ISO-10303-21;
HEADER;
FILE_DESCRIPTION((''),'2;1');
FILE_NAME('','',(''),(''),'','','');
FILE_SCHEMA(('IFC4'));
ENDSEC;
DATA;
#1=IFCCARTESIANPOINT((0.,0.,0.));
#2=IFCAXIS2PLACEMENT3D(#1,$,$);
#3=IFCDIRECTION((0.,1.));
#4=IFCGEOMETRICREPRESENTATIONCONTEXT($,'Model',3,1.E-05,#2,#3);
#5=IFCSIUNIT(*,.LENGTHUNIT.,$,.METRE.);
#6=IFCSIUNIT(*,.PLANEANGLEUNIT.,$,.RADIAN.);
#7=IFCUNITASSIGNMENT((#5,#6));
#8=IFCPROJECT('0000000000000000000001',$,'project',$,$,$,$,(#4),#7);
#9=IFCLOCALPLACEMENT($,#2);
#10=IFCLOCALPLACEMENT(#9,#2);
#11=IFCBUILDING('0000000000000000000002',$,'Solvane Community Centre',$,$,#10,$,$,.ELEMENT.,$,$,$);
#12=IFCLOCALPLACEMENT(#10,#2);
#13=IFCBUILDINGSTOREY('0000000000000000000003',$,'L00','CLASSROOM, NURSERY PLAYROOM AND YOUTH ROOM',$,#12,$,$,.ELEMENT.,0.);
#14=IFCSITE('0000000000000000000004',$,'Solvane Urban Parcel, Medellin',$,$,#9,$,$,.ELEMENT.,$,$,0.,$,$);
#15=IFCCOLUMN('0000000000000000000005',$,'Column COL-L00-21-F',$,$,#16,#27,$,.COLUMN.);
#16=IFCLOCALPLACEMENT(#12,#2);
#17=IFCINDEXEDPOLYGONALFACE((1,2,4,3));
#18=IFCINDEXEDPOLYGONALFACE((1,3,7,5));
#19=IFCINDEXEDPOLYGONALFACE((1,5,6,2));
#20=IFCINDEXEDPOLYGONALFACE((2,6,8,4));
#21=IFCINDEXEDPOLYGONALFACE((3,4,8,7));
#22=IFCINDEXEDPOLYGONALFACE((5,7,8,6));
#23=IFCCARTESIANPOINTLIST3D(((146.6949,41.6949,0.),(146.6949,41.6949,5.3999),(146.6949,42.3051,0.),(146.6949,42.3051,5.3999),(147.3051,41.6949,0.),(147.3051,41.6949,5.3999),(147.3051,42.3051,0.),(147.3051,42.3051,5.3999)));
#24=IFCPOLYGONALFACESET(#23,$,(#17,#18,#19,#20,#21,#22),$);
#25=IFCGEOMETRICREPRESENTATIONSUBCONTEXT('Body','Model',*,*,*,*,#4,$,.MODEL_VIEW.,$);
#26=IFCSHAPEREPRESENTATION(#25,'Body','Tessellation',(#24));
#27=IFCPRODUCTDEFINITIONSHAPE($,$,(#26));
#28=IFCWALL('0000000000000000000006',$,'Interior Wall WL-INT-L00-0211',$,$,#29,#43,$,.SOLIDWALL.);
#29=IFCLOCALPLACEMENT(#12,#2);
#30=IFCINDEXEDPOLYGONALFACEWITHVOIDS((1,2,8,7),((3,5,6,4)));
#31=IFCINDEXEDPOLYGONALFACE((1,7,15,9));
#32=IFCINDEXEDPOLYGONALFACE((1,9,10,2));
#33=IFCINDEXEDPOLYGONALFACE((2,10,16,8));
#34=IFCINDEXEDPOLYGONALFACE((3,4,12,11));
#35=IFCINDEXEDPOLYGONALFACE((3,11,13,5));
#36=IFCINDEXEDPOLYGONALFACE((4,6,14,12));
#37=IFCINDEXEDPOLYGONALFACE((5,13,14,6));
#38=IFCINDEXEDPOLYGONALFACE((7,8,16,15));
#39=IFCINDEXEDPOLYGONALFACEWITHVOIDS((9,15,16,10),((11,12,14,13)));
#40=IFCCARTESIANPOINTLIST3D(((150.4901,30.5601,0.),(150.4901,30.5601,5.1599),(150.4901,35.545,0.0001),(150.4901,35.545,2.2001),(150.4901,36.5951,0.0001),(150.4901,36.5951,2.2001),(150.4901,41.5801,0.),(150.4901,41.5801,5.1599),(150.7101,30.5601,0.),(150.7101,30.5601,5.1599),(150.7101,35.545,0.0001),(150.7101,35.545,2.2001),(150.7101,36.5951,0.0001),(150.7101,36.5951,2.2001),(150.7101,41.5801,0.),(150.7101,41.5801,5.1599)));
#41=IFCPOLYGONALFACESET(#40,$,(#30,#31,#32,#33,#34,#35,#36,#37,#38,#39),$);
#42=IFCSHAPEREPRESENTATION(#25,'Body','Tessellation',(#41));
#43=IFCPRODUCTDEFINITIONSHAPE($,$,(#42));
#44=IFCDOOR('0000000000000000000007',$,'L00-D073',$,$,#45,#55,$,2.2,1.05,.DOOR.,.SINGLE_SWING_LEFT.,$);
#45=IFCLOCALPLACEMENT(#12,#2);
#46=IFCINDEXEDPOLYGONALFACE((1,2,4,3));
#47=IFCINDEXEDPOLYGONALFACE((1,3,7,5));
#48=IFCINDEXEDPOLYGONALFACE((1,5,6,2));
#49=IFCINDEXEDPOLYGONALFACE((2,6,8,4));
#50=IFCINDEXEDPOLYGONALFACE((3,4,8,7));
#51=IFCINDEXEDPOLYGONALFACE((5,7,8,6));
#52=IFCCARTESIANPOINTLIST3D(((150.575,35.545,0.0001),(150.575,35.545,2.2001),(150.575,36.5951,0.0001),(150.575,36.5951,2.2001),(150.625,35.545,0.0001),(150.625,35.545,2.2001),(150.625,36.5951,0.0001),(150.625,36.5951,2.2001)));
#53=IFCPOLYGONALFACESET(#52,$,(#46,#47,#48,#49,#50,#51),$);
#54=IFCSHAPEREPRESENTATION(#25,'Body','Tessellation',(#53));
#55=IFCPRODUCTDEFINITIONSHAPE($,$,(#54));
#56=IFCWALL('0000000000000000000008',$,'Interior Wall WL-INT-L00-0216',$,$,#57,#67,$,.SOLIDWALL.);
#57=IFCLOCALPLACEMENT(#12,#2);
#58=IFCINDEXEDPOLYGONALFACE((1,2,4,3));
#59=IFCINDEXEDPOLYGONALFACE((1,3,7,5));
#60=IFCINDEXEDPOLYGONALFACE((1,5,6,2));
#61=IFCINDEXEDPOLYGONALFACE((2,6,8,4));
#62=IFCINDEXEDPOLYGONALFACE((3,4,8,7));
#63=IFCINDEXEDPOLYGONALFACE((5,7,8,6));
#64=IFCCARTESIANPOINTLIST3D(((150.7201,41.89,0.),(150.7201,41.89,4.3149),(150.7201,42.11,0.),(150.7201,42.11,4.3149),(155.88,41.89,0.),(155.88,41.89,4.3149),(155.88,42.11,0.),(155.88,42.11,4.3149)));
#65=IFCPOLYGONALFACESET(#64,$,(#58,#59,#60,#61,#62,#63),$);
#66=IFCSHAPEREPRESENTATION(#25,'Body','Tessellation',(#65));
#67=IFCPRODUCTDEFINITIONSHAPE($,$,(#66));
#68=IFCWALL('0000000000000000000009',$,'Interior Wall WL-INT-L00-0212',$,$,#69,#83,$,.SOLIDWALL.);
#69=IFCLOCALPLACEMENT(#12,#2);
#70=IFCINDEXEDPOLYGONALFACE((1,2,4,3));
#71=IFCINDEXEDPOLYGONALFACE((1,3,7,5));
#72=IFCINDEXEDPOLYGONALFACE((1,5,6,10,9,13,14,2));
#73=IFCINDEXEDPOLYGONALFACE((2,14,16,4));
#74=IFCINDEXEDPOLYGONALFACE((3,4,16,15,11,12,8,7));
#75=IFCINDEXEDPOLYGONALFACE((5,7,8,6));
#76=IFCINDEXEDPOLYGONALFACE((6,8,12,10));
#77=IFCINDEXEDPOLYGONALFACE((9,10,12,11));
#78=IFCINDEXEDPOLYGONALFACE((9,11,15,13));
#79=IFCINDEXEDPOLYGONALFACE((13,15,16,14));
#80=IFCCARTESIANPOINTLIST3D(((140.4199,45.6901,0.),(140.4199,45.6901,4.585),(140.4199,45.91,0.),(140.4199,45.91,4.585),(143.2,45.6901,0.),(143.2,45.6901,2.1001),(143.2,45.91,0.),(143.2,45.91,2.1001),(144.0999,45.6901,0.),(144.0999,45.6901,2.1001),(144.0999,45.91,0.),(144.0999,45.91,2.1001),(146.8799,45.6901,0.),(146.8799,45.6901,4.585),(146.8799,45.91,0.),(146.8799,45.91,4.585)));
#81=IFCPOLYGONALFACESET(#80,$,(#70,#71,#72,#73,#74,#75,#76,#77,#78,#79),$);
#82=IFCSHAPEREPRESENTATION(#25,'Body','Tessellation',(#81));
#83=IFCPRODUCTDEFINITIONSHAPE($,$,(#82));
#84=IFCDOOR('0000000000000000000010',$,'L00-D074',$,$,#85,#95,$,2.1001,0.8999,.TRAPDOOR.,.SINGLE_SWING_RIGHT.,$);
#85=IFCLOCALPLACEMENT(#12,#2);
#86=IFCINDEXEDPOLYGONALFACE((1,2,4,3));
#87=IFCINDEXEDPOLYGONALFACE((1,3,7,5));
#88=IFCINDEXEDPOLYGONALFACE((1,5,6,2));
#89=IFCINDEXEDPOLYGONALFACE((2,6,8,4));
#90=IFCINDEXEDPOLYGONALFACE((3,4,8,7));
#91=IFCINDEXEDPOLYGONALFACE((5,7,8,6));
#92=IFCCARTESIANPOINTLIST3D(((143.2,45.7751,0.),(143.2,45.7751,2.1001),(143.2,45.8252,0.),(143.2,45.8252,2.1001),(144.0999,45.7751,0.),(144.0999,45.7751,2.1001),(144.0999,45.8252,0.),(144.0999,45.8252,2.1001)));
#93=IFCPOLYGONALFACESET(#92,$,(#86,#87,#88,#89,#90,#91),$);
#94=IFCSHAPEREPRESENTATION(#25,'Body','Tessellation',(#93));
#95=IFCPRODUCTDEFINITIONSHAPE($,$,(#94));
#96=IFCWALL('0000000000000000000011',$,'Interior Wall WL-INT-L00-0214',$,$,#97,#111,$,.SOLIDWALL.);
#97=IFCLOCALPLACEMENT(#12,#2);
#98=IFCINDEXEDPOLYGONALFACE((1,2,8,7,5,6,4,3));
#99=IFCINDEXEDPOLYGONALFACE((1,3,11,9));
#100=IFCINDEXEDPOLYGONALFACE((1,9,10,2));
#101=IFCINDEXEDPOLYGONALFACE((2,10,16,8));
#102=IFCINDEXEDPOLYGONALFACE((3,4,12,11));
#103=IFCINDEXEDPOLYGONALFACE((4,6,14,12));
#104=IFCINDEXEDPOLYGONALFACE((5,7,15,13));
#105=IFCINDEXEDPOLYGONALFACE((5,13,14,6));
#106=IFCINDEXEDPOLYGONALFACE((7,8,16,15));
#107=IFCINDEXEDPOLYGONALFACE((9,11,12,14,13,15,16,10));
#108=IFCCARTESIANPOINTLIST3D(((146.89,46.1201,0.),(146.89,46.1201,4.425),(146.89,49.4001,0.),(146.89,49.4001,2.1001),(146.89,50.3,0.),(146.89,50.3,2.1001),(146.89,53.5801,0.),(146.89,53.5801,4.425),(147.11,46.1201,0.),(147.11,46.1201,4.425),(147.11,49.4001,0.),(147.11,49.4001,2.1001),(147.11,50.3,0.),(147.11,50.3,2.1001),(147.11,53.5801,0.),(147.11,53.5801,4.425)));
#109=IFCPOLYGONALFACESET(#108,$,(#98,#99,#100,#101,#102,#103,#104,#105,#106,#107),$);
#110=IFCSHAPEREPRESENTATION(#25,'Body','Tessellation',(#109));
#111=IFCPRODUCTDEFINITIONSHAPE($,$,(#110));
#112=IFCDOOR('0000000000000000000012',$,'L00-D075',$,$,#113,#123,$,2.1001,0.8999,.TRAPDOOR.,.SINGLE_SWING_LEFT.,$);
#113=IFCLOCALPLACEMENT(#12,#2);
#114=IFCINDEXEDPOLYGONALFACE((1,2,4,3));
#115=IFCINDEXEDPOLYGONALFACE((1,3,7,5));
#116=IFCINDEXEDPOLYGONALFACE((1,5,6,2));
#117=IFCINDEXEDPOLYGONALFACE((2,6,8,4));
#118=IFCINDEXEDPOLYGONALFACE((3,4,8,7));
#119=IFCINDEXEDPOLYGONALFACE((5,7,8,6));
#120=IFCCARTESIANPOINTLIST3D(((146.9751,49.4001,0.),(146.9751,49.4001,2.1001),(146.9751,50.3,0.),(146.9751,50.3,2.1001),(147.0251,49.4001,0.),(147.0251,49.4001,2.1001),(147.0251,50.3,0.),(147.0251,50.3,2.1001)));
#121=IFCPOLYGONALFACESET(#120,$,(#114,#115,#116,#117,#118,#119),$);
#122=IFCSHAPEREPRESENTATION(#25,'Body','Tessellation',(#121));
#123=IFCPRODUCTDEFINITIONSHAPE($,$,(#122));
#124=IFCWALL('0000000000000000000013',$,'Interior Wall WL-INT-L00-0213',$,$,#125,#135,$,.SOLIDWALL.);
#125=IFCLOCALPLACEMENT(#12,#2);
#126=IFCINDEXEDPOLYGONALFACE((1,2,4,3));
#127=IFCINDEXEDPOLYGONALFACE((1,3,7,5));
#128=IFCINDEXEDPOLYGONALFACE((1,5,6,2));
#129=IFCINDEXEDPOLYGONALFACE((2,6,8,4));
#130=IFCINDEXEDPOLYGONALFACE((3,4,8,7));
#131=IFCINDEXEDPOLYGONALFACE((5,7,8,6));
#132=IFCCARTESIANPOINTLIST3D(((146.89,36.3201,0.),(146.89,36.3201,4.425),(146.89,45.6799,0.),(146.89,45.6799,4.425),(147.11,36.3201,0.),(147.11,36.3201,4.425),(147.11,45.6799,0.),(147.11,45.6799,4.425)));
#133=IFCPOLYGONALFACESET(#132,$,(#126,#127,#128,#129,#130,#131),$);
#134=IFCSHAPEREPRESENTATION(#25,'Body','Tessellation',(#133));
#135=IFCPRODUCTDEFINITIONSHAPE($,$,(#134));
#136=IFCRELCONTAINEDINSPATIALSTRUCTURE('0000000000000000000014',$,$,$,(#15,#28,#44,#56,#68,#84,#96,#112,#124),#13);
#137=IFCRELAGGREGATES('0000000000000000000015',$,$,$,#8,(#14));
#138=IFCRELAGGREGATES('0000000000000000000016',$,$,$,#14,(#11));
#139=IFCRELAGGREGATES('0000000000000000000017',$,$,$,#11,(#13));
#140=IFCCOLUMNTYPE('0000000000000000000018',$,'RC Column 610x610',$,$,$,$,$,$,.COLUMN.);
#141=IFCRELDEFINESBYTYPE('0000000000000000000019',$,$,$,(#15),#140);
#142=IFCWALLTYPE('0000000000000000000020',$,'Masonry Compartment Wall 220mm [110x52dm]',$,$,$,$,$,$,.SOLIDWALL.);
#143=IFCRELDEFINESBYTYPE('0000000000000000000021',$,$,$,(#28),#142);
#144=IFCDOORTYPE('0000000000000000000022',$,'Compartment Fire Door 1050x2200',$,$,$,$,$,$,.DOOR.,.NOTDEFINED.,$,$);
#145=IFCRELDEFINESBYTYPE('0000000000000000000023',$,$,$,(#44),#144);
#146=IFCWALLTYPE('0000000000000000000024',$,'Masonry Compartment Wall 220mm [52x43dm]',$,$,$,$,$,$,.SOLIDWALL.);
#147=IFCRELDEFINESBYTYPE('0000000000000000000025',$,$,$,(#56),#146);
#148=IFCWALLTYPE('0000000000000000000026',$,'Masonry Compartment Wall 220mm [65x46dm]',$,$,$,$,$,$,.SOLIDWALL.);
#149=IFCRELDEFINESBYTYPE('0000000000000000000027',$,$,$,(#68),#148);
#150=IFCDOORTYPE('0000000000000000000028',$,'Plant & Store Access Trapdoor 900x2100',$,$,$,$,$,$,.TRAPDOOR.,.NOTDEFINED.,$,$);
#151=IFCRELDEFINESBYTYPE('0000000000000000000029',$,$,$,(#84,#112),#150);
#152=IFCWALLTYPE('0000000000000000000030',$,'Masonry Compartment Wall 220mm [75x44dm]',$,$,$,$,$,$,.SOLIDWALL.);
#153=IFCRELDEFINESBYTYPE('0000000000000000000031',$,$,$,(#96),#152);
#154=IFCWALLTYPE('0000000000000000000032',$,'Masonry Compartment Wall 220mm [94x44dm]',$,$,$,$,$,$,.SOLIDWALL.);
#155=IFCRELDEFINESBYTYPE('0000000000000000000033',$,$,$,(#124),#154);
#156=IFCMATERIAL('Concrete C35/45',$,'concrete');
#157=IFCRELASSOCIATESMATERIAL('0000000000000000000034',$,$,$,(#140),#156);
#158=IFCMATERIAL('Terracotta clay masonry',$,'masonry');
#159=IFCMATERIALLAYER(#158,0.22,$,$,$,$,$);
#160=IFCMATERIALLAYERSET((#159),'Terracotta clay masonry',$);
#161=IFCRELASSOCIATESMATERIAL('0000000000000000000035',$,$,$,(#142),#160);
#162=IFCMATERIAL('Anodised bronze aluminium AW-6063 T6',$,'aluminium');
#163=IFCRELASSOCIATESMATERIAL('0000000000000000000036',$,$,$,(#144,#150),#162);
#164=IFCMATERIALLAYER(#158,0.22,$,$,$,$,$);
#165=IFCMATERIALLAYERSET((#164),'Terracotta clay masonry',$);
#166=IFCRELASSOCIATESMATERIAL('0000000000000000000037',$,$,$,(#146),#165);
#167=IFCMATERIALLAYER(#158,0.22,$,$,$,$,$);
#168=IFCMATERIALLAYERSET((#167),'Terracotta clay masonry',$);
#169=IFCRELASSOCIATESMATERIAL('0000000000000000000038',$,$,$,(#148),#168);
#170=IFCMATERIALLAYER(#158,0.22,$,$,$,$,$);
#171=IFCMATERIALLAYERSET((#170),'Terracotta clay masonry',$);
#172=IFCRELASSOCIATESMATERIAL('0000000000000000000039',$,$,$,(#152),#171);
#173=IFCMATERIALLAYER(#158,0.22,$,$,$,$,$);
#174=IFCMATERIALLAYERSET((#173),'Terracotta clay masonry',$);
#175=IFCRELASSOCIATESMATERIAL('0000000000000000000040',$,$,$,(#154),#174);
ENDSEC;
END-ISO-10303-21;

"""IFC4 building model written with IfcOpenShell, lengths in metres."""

from ifc_helpers import new_model, si_unit, direction, frame, frame_2d, origin, origin_2d, place, context, subcontext, project, spatial, rectangle, extrude, material, layer, layer_set, material_profile, profile_set, type_object, element, fill, save


model = new_model("IFC4")

# Units and contexts
model_context = context("Model", 3, precision=1e-05, world=origin(), true_north=direction((0.0, 1.0)))
body_context = subcontext(model_context, "Body", "Model", "MODEL_VIEW")
ifc_project = project(units=[si_unit("LENGTHUNIT", "METRE"), si_unit("PLANEANGLEUNIT", "RADIAN")], contexts=[model_context])

# Site, building, storey
site_placement = place(None, origin())
site = spatial("IfcSite", under=ifc_project, at=site_placement, Name="Solvane Urban Parcel, Medellin", CompositionType="ELEMENT", RefElevation=0.0)
building_placement = place(site_placement, origin())
building = spatial("IfcBuilding", under=site, at=building_placement, Name="Solvane Community Centre", CompositionType="ELEMENT")
storey_placement = place(building_placement, origin())
storey = spatial("IfcBuildingStorey", under=building, at=storey_placement, Name="L00", Description="CLASSROOM, NURSERY PLAYROOM AND YOUTH ROOM", CompositionType="ELEMENT", Elevation=0.0)

# Column
ifc_material_1 = material(Name="Concrete C35/45", Category="concrete")
ifc_material_profile_1 = material_profile(ifc_material_1, rectangle(XDim=0.6101, YDim=0.6101, at=origin_2d()), Name="RC 610x610")
ifc_profile_set_1 = profile_set([ifc_material_profile_1], Name="Concrete C35/45")
column_type = type_object("IfcColumnType", Name="RC Column 610x610", PredefinedType="COLUMN", material=ifc_profile_set_1)
column_placement = place(storey_placement, frame((147.0, 42.0, 0.0), z_axis=(0.0, 0.0, 1.0), x_axis=(1.0, 0.0, 0.0)))
element("IfcColumn", 1, at=column_placement, inside=storey, type_object=column_type, Name="Column COL-L00-21-F", PredefinedType="COLUMN", context=body_context, shape_type="SweptSolid", body=[
    extrude(rectangle(XDim=0.6101, YDim=0.6101, at=origin_2d()), origin(), (0.0, 0.0, 1.0), 5.3999),
])

# Wall, opening, door
ifc_material_2 = material(Name="Terracotta clay masonry", Category="masonry")
ifc_layer_1 = layer(ifc_material_2, 0.22)
ifc_layer_set_1 = layer_set([ifc_layer_1], Name="Terracotta clay masonry")
wall_type_1 = type_object("IfcWallType", Name="Masonry Compartment Wall 220mm [110x52dm]", PredefinedType="SOLIDWALL", material=ifc_layer_set_1)
wall_1_placement = place(storey_placement, frame((150.6001, 41.5801, 0.0), z_axis=(0.0, 0.0, 1.0), x_axis=(0.0, -1.0, 0.0)))
wall_1 = element("IfcWall", 2, at=wall_1_placement, inside=storey, type_object=wall_type_1, Name="Interior Wall WL-INT-L00-0211", PredefinedType="SOLIDWALL", context=body_context, shape_type="SweptSolid", body=[
    extrude(rectangle(XDim=11.02, YDim=0.22, at=frame_2d((5.51, 0.0))), origin(), (0.0, 0.0, 1.0), 5.1599),
])
opening_1_placement = place(wall_1_placement, frame((4.9851, 0.0, 0.0)))
opening_1 = element("IfcOpeningElement", 3, at=opening_1_placement, cuts=wall_1, PredefinedType="OPENING", context=body_context, shape_type="SweptSolid", body=[
    extrude(rectangle(XDim=1.05, YDim=2.2, at=frame_2d((0.5249, 1.1001))), frame((0.0, 0.1199, 0.0), z_axis=(0.0, -1.0, 0.0), x_axis=(1.0, 0.0, 0.0)), (0.0, 0.0, 1.0), 0.24),
])
ifc_material_3 = material(Name="Anodised bronze aluminium AW-6063 T6", Category="aluminium")
door_type_1 = type_object("IfcDoorType", Name="Compartment Fire Door 1050x2200", OperationType="NOTDEFINED", PredefinedType="DOOR", material=ifc_material_3)
door_1_placement = place(opening_1_placement, origin())
door_1 = element("IfcDoor", 4, at=door_1_placement, inside=storey, type_object=door_type_1, Name="L00-D073", OperationType="SINGLE_SWING_LEFT", OverallHeight=2.2, OverallWidth=1.05, PredefinedType="DOOR", context=body_context, shape_type="SweptSolid", body=[
    extrude(rectangle(XDim=1.05, YDim=2.2, at=frame_2d((0.5249, 1.1001))), frame((0.0, 0.0249, 0.0), z_axis=(0.0, -1.0, 0.0), x_axis=(1.0, 0.0, 0.0)), (0.0, 0.0, 1.0), 0.05),
])
fill(opening_1, door_1)

# Wall
ifc_layer_2 = layer(ifc_material_2, 0.22)
ifc_layer_set_2 = layer_set([ifc_layer_2], Name="Terracotta clay masonry")
wall_type_2 = type_object("IfcWallType", Name="Masonry Compartment Wall 220mm [52x43dm]", PredefinedType="SOLIDWALL", material=ifc_layer_set_2)
wall_2_placement = place(storey_placement, frame((150.72, 42.0, 0.0), z_axis=(0.0, 0.0, 1.0), x_axis=(1.0, 0.0, 0.0)))
element("IfcWall", 5, at=wall_2_placement, inside=storey, type_object=wall_type_2, Name="Interior Wall WL-INT-L00-0216", PredefinedType="SOLIDWALL", context=body_context, shape_type="SweptSolid", body=[
    extrude(rectangle(XDim=5.1599, YDim=0.22, at=frame_2d((2.5801, 0.0))), origin(), (0.0, 0.0, 1.0), 4.3149),
])

# Walls, openings, doors
ifc_layer_3 = layer(ifc_material_2, 0.22)
ifc_layer_set_3 = layer_set([ifc_layer_3], Name="Terracotta clay masonry")
wall_type_3 = type_object("IfcWallType", Name="Masonry Compartment Wall 220mm [65x46dm]", PredefinedType="SOLIDWALL", material=ifc_layer_set_3)
wall_3_placement = place(storey_placement, frame((146.8799, 45.8, 0.0), z_axis=(0.0, 0.0, 1.0), x_axis=(-1.0, 0.0, 0.0)))
wall_3 = element("IfcWall", 6, at=wall_3_placement, inside=storey, type_object=wall_type_3, Name="Interior Wall WL-INT-L00-0212", PredefinedType="SOLIDWALL", context=body_context, shape_type="SweptSolid", body=[
    extrude(rectangle(XDim=6.46, YDim=0.22, at=frame_2d((3.23, 0.0))), origin(), (0.0, 0.0, 1.0), 4.585),
])
opening_2_placement = place(wall_3_placement, frame((2.78, 0.0, 0.0)))
opening_2 = element("IfcOpeningElement", 7, at=opening_2_placement, cuts=wall_3, PredefinedType="OPENING", context=body_context, shape_type="SweptSolid", body=[
    extrude(rectangle(XDim=0.8999, YDim=2.1001, at=frame_2d((0.45, 1.05))), frame((0.0, 0.1199, 0.0), z_axis=(0.0, -1.0, 0.0), x_axis=(1.0, 0.0, 0.0)), (0.0, 0.0, 1.0), 0.24),
])
door_type_2 = type_object("IfcDoorType", Name="Plant & Store Access Trapdoor 900x2100", OperationType="NOTDEFINED", PredefinedType="TRAPDOOR", material=ifc_material_3)
door_2_placement = place(opening_2_placement, origin())
door_2 = element("IfcDoor", 8, at=door_2_placement, inside=storey, type_object=door_type_2, Name="L00-D074", OperationType="SINGLE_SWING_RIGHT", OverallHeight=2.1001, OverallWidth=0.8999, PredefinedType="TRAPDOOR", context=body_context, shape_type="SweptSolid", body=[
    extrude(rectangle(XDim=0.8999, YDim=2.1001, at=frame_2d((0.45, 1.05))), frame((0.0, 0.0249, 0.0), z_axis=(0.0, -1.0, 0.0), x_axis=(1.0, 0.0, 0.0)), (0.0, 0.0, 1.0), 0.05),
])
fill(opening_2, door_2)
ifc_layer_4 = layer(ifc_material_2, 0.22)
ifc_layer_set_4 = layer_set([ifc_layer_4], Name="Terracotta clay masonry")
wall_type_4 = type_object("IfcWallType", Name="Masonry Compartment Wall 220mm [75x44dm]", PredefinedType="SOLIDWALL", material=ifc_layer_set_4)
wall_4_placement = place(storey_placement, frame((147.0, 46.1201, 0.0), z_axis=(0.0, 0.0, 1.0), x_axis=(0.0, 1.0, 0.0)))
wall_4 = element("IfcWall", 9, at=wall_4_placement, inside=storey, type_object=wall_type_4, Name="Interior Wall WL-INT-L00-0214", PredefinedType="SOLIDWALL", context=body_context, shape_type="SweptSolid", body=[
    extrude(rectangle(XDim=7.46, YDim=0.22, at=frame_2d((3.73, 0.0))), origin(), (0.0, 0.0, 1.0), 4.425),
])
opening_3_placement = place(wall_4_placement, frame((3.28, 0.0, 0.0)))
opening_3 = element("IfcOpeningElement", 10, at=opening_3_placement, cuts=wall_4, PredefinedType="OPENING", context=body_context, shape_type="SweptSolid", body=[
    extrude(rectangle(XDim=0.8999, YDim=2.1001, at=frame_2d((0.45, 1.05))), frame((0.0, 0.1199, 0.0), z_axis=(0.0, -1.0, 0.0), x_axis=(1.0, 0.0, 0.0)), (0.0, 0.0, 1.0), 0.24),
])
door_3_placement = place(opening_3_placement, origin())
door_3 = element("IfcDoor", 11, at=door_3_placement, inside=storey, type_object=door_type_2, Name="L00-D075", OperationType="SINGLE_SWING_LEFT", OverallHeight=2.1001, OverallWidth=0.8999, PredefinedType="TRAPDOOR", context=body_context, shape_type="SweptSolid", body=[
    extrude(rectangle(XDim=0.8999, YDim=2.1001, at=frame_2d((0.45, 1.05))), frame((0.0, 0.0249, 0.0), z_axis=(0.0, -1.0, 0.0), x_axis=(1.0, 0.0, 0.0)), (0.0, 0.0, 1.0), 0.05),
])
fill(opening_3, door_3)

# Wall
ifc_layer_5 = layer(ifc_material_2, 0.22)
ifc_layer_set_5 = layer_set([ifc_layer_5], Name="Terracotta clay masonry")
wall_type_5 = type_object("IfcWallType", Name="Masonry Compartment Wall 220mm [94x44dm]", PredefinedType="SOLIDWALL", material=ifc_layer_set_5)
wall_5_placement = place(storey_placement, frame((147.0, 36.3201, 0.0), z_axis=(0.0, 0.0, 1.0), x_axis=(0.0, 1.0, 0.0)))
element("IfcWall", 12, at=wall_5_placement, inside=storey, type_object=wall_type_5, Name="Interior Wall WL-INT-L00-0213", PredefinedType="SOLIDWALL", context=body_context, shape_type="SweptSolid", body=[
    extrude(rectangle(XDim=9.3599, YDim=0.22, at=frame_2d((4.6799, 0.0))), origin(), (0.0, 0.0, 1.0), 4.425),
])

save(model, "model.ifc")
